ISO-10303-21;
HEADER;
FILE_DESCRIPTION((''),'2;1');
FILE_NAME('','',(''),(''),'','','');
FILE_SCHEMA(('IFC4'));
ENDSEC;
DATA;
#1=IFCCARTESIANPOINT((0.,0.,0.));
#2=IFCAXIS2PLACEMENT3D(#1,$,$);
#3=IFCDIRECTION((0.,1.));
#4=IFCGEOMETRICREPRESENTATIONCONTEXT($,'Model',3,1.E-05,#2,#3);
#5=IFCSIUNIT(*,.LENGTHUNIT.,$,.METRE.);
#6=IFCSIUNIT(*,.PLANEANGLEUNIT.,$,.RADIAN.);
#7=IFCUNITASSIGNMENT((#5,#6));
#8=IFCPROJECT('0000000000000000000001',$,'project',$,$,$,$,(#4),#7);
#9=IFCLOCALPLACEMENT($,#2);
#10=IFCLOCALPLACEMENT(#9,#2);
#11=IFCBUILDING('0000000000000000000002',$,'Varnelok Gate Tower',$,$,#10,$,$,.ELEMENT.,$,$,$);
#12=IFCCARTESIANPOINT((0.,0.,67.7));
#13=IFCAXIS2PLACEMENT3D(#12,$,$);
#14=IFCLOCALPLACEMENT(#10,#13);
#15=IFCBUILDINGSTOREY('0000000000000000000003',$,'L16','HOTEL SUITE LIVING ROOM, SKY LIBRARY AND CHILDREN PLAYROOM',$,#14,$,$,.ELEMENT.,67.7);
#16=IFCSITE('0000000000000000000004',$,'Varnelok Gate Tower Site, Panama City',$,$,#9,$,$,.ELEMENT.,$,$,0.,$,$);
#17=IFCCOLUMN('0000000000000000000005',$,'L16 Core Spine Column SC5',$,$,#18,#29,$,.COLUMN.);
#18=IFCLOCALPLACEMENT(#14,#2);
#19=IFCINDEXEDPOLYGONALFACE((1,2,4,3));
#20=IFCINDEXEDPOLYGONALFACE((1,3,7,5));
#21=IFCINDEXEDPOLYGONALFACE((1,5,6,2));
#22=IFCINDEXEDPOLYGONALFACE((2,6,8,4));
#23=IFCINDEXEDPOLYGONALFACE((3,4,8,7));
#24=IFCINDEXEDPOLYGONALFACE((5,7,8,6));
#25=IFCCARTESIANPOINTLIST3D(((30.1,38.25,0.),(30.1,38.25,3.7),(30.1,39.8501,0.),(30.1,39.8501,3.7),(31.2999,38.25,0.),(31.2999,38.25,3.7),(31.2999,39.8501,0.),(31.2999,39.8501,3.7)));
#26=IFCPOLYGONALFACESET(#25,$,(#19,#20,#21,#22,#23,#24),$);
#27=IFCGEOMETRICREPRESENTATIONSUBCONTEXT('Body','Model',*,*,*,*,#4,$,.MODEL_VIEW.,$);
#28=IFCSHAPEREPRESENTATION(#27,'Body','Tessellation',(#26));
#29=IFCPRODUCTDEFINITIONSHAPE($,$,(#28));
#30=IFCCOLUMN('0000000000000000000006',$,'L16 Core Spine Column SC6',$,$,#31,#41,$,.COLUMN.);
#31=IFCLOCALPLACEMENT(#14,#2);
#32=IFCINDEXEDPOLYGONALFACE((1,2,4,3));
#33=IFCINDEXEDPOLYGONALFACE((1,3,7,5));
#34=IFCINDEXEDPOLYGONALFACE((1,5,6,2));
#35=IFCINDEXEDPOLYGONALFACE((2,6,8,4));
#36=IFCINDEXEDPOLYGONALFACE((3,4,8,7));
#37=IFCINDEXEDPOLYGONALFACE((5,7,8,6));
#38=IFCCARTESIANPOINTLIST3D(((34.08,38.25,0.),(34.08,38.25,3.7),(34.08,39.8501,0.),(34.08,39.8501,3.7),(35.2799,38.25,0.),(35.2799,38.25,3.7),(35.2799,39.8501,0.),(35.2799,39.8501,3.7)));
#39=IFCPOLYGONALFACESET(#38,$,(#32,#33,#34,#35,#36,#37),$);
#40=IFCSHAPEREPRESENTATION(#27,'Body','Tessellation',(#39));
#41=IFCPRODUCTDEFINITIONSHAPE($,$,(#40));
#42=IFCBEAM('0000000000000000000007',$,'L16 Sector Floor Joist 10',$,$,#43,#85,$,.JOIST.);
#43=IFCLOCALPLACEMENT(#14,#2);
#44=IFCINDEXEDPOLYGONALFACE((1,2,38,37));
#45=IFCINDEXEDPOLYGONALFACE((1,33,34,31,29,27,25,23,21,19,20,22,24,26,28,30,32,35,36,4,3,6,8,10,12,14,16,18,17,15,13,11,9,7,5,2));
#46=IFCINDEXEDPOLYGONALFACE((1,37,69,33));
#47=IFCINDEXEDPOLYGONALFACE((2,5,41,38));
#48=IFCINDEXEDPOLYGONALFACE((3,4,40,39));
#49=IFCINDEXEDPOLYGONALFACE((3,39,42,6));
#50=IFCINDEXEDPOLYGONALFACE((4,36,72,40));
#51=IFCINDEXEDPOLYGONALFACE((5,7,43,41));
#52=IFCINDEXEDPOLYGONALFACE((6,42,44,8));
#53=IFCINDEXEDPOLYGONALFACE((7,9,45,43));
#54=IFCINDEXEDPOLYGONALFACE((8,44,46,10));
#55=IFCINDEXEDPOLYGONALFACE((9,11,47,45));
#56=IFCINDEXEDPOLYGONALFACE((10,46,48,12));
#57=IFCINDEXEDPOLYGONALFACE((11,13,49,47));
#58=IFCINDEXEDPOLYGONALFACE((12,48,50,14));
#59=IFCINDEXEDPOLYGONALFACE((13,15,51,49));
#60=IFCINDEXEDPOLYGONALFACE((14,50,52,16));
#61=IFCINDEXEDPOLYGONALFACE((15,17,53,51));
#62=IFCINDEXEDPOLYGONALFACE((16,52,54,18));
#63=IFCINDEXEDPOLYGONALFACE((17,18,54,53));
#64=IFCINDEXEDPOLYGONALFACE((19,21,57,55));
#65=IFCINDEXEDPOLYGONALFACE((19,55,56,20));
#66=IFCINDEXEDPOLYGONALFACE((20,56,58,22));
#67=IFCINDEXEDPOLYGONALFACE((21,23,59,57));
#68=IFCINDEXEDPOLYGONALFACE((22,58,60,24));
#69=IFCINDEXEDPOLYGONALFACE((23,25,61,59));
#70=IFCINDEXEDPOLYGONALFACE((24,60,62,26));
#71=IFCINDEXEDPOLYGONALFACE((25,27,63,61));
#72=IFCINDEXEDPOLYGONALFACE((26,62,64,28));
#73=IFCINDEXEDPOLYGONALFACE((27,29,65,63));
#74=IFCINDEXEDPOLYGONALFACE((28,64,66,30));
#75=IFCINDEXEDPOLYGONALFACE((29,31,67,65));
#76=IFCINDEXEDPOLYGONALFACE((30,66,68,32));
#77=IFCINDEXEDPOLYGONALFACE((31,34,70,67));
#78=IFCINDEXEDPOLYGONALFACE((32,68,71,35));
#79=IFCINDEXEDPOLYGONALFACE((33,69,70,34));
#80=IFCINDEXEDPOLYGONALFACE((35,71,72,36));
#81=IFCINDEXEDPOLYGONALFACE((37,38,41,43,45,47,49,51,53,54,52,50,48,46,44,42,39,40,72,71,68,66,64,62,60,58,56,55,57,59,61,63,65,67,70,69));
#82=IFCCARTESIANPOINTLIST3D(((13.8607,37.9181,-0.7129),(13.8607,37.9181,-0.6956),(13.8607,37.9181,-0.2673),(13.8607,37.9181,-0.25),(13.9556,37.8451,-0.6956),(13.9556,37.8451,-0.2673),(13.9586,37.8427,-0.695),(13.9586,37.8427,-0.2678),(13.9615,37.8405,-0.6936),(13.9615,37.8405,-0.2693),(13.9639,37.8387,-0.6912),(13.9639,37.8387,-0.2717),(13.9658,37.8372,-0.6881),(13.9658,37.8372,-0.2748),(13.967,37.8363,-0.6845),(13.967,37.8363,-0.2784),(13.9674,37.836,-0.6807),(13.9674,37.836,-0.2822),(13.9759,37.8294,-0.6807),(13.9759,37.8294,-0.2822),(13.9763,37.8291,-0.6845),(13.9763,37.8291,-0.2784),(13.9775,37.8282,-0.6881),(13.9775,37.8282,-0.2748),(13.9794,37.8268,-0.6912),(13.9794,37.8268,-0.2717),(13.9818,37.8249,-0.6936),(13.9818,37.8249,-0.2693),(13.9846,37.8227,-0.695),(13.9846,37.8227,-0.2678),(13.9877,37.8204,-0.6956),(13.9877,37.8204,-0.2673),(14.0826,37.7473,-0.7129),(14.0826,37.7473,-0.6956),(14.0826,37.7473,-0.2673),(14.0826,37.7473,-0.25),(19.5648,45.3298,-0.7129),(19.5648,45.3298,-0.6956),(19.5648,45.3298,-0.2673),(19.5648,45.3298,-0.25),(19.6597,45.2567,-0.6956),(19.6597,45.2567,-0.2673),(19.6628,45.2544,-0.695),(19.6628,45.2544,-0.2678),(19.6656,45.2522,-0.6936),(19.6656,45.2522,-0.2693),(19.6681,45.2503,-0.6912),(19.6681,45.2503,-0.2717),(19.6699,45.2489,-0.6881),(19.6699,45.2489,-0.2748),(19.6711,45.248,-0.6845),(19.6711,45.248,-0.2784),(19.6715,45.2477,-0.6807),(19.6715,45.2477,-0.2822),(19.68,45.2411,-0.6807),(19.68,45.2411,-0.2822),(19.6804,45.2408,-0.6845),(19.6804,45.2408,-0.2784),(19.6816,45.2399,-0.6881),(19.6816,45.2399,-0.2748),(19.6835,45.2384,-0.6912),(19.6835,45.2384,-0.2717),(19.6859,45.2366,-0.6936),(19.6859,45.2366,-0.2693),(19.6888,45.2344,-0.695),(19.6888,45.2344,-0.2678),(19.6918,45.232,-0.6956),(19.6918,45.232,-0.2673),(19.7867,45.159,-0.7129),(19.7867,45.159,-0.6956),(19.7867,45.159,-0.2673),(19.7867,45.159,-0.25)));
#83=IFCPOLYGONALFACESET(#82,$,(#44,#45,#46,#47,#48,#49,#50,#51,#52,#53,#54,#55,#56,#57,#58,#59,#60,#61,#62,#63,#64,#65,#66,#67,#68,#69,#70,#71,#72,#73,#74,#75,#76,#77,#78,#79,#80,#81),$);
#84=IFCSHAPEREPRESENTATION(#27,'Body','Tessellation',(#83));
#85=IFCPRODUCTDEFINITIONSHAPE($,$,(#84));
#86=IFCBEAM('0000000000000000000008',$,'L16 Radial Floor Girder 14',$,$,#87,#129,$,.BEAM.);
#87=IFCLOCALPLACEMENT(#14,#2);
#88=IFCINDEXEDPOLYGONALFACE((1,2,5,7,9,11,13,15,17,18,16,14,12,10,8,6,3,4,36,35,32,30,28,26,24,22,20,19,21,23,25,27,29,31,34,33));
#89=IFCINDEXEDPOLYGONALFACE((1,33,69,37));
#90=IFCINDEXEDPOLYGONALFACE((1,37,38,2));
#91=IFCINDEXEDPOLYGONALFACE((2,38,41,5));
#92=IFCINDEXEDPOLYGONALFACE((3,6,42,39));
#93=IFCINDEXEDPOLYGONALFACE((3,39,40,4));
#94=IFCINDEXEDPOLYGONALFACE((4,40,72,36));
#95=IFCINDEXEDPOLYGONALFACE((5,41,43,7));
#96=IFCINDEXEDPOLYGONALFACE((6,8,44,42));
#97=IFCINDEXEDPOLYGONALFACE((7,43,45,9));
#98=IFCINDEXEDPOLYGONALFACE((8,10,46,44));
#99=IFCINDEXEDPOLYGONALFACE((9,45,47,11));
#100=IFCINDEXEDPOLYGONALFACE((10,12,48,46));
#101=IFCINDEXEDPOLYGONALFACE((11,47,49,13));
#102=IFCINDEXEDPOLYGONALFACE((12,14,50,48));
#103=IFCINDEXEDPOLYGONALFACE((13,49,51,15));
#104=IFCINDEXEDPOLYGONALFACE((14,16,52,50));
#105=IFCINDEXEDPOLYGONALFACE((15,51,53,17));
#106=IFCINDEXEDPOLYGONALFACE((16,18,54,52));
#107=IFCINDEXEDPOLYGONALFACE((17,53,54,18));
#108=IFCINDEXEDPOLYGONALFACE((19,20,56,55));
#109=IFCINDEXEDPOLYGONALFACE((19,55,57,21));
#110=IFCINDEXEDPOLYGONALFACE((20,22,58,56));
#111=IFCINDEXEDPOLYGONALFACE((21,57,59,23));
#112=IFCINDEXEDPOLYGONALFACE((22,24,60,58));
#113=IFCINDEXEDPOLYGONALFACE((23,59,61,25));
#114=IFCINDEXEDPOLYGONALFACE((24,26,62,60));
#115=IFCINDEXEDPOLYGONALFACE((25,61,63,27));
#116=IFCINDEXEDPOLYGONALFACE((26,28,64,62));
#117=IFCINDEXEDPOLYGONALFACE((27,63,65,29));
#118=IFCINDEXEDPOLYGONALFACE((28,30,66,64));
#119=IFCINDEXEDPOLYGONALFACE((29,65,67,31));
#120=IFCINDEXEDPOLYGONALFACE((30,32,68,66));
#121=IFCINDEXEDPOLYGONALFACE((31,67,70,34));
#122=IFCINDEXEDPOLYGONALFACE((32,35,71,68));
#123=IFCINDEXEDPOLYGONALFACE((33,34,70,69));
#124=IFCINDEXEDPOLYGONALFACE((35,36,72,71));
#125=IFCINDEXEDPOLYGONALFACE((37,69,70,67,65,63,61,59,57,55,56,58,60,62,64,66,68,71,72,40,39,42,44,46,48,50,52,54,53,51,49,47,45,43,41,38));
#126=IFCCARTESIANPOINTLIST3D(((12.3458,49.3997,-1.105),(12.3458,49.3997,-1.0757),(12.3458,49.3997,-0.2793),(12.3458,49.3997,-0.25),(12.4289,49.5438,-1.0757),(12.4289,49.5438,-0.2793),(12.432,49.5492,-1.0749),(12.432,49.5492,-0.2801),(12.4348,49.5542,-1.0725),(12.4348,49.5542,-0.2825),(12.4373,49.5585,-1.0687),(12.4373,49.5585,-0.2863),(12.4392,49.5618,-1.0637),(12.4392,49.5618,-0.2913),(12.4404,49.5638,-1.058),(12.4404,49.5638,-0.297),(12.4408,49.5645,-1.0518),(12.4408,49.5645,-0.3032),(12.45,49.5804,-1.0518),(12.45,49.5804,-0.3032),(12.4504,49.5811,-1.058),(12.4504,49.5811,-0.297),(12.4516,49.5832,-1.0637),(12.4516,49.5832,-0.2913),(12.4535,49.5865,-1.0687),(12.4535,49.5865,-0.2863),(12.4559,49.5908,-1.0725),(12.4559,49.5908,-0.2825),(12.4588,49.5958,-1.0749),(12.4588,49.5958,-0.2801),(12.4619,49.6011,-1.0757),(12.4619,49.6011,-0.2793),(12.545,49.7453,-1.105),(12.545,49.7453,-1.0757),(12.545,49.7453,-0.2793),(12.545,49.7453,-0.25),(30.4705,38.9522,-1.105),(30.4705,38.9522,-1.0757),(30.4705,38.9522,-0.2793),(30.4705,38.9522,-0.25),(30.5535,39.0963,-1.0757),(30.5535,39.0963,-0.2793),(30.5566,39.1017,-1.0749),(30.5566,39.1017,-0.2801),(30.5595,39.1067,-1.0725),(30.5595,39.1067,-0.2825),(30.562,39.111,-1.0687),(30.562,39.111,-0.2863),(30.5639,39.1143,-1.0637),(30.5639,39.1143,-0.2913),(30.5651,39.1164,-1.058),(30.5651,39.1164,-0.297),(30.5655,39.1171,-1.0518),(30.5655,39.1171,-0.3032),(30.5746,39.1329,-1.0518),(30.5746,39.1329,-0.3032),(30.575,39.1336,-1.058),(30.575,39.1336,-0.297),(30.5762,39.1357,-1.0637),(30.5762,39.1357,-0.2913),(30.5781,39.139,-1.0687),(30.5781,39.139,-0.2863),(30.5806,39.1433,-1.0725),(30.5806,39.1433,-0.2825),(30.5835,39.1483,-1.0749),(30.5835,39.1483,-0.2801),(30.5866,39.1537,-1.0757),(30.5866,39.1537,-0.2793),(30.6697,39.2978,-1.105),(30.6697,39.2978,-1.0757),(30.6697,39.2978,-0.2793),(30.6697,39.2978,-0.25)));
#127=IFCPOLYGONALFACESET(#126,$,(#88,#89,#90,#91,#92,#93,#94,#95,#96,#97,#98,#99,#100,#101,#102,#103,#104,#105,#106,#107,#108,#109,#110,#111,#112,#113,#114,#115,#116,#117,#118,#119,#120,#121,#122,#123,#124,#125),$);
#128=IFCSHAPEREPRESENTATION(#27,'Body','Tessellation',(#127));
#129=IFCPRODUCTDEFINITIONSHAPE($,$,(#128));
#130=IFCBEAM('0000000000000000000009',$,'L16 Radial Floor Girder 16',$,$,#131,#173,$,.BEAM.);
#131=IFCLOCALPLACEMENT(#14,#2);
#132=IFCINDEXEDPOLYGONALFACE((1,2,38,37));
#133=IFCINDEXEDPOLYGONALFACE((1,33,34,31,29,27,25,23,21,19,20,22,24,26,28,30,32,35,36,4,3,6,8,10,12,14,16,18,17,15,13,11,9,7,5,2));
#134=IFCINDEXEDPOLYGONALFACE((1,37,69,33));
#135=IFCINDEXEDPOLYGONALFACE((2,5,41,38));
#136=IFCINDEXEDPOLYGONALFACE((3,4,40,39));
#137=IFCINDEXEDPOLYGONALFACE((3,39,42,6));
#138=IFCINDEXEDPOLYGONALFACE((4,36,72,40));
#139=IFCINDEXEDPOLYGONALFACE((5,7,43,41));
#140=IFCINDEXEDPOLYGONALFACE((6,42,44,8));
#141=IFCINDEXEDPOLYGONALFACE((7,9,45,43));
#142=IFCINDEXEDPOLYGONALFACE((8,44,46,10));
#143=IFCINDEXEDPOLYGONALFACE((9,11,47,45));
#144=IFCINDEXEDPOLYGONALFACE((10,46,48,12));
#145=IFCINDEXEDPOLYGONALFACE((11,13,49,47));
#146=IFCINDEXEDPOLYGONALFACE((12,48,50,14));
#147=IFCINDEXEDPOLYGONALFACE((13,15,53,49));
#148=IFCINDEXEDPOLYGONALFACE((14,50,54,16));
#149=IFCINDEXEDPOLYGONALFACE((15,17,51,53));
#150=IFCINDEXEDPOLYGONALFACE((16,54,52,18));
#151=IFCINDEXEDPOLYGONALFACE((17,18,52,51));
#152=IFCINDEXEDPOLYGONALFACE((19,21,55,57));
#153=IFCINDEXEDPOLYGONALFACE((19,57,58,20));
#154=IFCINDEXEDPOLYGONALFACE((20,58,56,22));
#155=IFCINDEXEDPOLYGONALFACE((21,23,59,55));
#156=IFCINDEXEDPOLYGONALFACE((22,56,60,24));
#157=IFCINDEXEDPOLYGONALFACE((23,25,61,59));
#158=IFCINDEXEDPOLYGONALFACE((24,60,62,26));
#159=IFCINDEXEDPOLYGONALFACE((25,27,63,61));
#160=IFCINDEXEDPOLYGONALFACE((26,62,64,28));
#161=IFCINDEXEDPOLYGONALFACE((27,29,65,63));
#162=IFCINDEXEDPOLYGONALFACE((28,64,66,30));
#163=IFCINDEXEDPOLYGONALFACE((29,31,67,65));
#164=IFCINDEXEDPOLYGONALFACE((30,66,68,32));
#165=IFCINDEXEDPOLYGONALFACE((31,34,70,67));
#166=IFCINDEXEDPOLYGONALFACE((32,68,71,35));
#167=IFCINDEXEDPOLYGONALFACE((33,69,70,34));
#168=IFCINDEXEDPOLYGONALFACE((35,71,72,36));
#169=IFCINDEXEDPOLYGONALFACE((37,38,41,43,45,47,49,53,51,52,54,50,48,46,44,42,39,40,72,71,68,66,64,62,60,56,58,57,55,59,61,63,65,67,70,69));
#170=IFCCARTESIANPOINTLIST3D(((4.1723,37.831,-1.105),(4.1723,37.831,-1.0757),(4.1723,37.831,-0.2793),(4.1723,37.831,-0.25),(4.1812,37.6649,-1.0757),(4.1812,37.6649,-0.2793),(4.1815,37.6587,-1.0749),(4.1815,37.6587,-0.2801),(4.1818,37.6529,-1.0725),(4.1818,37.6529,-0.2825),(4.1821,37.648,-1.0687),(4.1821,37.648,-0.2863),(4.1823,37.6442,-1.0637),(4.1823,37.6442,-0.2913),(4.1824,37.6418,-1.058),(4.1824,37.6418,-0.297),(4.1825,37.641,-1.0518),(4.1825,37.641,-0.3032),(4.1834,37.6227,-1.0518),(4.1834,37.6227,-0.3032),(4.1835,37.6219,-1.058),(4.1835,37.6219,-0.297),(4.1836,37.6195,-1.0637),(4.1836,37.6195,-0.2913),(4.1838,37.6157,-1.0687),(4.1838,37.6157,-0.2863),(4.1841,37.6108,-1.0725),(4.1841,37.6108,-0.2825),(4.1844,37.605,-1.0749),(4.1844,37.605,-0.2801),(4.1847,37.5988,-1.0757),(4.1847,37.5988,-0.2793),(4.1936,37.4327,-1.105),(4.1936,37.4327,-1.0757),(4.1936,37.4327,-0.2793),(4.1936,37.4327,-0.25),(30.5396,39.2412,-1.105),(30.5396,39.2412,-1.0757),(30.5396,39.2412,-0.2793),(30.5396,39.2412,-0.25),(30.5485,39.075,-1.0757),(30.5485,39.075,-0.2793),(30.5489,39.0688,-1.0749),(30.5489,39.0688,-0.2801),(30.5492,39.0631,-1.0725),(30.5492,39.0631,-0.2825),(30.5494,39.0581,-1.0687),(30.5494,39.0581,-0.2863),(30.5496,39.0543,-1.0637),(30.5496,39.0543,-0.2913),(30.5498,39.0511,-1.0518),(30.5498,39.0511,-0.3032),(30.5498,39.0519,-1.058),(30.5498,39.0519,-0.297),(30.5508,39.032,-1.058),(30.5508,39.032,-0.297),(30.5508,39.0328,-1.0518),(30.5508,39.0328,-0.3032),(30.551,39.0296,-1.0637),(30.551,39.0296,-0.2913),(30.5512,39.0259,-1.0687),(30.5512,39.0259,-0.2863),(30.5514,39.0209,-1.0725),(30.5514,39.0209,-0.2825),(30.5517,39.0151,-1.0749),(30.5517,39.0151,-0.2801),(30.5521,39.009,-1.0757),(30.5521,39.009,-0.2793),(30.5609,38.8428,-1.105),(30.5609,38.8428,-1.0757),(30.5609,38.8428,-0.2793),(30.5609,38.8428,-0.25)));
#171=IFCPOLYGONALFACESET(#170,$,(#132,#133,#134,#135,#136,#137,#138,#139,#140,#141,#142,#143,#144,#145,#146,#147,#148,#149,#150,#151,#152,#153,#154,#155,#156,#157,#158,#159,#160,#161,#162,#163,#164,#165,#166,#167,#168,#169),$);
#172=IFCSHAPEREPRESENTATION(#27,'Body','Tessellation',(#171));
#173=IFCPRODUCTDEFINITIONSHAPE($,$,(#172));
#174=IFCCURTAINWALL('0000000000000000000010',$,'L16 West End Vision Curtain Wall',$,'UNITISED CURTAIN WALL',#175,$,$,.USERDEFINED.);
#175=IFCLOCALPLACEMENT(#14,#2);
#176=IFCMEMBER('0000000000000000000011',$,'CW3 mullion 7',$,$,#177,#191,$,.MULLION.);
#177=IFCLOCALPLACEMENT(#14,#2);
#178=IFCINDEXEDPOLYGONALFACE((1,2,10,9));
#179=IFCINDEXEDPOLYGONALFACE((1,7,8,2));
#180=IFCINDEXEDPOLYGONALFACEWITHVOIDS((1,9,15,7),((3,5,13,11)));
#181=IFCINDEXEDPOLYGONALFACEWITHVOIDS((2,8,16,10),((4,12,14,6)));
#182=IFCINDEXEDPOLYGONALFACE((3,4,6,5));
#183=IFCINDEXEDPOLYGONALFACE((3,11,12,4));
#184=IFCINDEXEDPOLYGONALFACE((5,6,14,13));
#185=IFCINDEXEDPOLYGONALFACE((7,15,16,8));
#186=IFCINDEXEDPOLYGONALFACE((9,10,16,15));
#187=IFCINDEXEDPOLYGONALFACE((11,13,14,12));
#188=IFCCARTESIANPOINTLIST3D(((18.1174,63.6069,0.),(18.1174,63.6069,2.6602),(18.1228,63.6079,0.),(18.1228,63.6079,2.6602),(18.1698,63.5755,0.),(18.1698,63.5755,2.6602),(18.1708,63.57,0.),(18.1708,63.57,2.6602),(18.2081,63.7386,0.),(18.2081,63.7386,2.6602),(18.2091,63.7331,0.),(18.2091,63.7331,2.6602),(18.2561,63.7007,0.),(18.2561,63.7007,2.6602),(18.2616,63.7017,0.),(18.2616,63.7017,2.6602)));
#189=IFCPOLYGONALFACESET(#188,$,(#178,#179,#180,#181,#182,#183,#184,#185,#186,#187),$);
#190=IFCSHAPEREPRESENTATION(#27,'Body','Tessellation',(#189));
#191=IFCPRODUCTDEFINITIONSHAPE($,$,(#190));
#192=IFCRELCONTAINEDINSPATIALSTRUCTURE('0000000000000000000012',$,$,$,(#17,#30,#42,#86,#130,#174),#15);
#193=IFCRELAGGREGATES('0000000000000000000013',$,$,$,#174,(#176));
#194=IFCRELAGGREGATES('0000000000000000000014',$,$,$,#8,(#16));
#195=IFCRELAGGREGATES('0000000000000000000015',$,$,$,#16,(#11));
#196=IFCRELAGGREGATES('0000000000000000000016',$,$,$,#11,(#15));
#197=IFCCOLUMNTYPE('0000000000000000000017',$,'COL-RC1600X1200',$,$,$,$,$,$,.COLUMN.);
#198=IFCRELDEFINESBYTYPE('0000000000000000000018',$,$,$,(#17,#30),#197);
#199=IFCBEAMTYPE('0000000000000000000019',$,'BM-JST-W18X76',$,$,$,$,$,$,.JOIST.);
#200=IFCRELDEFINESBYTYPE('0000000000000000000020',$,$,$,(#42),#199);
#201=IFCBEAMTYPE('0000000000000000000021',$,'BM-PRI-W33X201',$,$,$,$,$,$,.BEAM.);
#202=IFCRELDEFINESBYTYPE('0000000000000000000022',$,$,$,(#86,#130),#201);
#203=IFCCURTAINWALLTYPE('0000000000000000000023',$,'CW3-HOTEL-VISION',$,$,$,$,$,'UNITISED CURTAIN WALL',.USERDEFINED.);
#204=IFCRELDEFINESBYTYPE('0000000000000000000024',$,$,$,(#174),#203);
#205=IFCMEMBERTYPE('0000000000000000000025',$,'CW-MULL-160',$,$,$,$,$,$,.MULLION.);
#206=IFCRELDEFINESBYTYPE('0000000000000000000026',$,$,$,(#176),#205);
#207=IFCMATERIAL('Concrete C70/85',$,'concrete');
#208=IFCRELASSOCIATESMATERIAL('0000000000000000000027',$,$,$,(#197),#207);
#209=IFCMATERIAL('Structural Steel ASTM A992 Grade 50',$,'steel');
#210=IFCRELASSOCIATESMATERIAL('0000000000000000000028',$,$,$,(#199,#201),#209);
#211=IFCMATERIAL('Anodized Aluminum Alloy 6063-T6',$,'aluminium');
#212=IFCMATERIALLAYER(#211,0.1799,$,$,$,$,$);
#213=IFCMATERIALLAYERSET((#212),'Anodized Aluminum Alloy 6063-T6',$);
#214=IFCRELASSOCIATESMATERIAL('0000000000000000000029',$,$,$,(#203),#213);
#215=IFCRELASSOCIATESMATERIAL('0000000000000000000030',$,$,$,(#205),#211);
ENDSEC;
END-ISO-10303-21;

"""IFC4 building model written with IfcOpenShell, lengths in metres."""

from ifc_helpers import new_model, si_unit, direction, frame, origin, origin_2d, place, context, subcontext, project, spatial, rectangle, hollow_rectangle, i_section, extrude, material, layer, layer_set, material_profile, profile_set, type_object, element, aggregate, save


model = new_model("IFC4")

# Units and contexts
model_context = context("Model", 3, precision=1e-05, world=origin(), true_north=direction((0.0, 1.0)))
body_context = subcontext(model_context, "Body", "Model", "MODEL_VIEW")
ifc_project = project(units=[si_unit("LENGTHUNIT", "METRE"), si_unit("PLANEANGLEUNIT", "RADIAN")], contexts=[model_context])

# Site, building, storey
site_placement = place(None, origin())
site = spatial("IfcSite", under=ifc_project, at=site_placement, Name="Varnelok Gate Tower Site, Panama City", CompositionType="ELEMENT", RefElevation=0.0)
building_placement = place(site_placement, origin())
building = spatial("IfcBuilding", under=site, at=building_placement, Name="Varnelok Gate Tower", CompositionType="ELEMENT")
storey_placement = place(building_placement, frame((0.0, 0.0, 67.7)))
storey = spatial("IfcBuildingStorey", under=building, at=storey_placement, Name="L16", Description="HOTEL SUITE LIVING ROOM, SKY LIBRARY AND CHILDREN PLAYROOM", CompositionType="ELEMENT", Elevation=67.7)

# Columns
ifc_material_1 = material(Name="Concrete C70/85", Category="concrete")
ifc_material_profile_1 = material_profile(ifc_material_1, rectangle(XDim=1.2, YDim=1.6001, at=origin_2d()), Name="RC1600X1200")
ifc_profile_set_1 = profile_set([ifc_material_profile_1], Name="Concrete C70/85")
column_type = type_object("IfcColumnType", Name="COL-RC1600X1200", PredefinedType="COLUMN", material=ifc_profile_set_1)
for number, where, z_axis, x_axis, name in (
    (1, (30.7, 39.05, 0.0), (0.0, 0.0, 1.0), (1.0, 0.0, 0.0), "L16 Core Spine Column SC5"),
    (2, (34.6799, 39.05, 0.0), (0.0, 0.0, 1.0), (1.0, 0.0, 0.0), "L16 Core Spine Column SC6"),
):
    element("IfcColumn", number, at=place(storey_placement, frame(where, z_axis=z_axis, x_axis=x_axis)), inside=storey, type_object=column_type, Name=name, PredefinedType="COLUMN", context=body_context, shape_type="SweptSolid", body=[
        extrude(rectangle(XDim=1.2, YDim=1.6001, at=origin_2d()), origin(), (0.0, 0.0, 1.0), 3.7),
    ])

# Beams
ifc_material_2 = material(Name="Structural Steel ASTM A992 Grade 50", Category="steel")
ifc_material_profile_2 = material_profile(ifc_material_2, i_section(OverallWidth=0.28, OverallDepth=0.4629, WebThickness=0.0107, FlangeThickness=0.0173, FilletRadius=0.0149, at=origin_2d()), Name="W18X76")
ifc_profile_set_2 = profile_set([ifc_material_profile_2], Name="Structural Steel ASTM A992 Grade 50")
beam_type_1 = type_object("IfcBeamType", Name="BM-JST-W18X76", PredefinedType="JOIST", material=ifc_profile_set_2)
beam_1_placement = place(storey_placement, frame((19.6758, 45.2444, -0.4814), z_axis=(-0.609902, -0.792476, 0.0), x_axis=(0.792476, -0.609902, 0.0)))
element("IfcBeam", 3, at=beam_1_placement, inside=storey, type_object=beam_type_1, Name="L16 Sector Floor Joist 10", PredefinedType="JOIST", context=body_context, shape_type="SweptSolid", body=[
    extrude(i_section(OverallWidth=0.28, OverallDepth=0.4629, WebThickness=0.0107, FlangeThickness=0.0173, FilletRadius=0.0149, at=origin_2d()), origin(), (0.0, 0.0, 1.0), 9.3525),
])
ifc_material_profile_3 = material_profile(ifc_material_2, i_section(OverallWidth=0.3989, OverallDepth=0.855, WebThickness=0.0183, FlangeThickness=0.0293, FilletRadius=0.0239, at=origin_2d()), Name="W33X201")
ifc_profile_set_3 = profile_set([ifc_material_profile_3], Name="Structural Steel ASTM A992 Grade 50")
beam_type_2 = type_object("IfcBeamType", Name="BM-PRI-W33X201", PredefinedType="BEAM", material=ifc_profile_set_3)
beam_2_placement = place(storey_placement, frame((30.5701, 39.125, -0.6775), z_axis=(-0.866373, 0.499397, 0.0), x_axis=(-0.499397, -0.866373, 0.0)))
element("IfcBeam", 4, at=beam_2_placement, inside=storey, type_object=beam_type_2, Name="L16 Radial Floor Girder 14", PredefinedType="BEAM", context=body_context, shape_type="SweptSolid", body=[
    extrude(i_section(OverallWidth=0.3989, OverallDepth=0.855, WebThickness=0.0183, FlangeThickness=0.0293, FilletRadius=0.0239, at=origin_2d()), origin(), (0.0, 0.0, 1.0), 20.9202),
])
beam_3_placement = place(storey_placement, frame((30.5503, 39.042, -0.6775), z_axis=(-0.998573, -0.053405, 0.0), x_axis=(0.053405, -0.998573, 0.0)))
element("IfcBeam", 5, at=beam_3_placement, inside=storey, type_object=beam_type_2, Name="L16 Radial Floor Girder 16", PredefinedType="BEAM", context=body_context, shape_type="SweptSolid", body=[
    extrude(i_section(OverallWidth=0.3989, OverallDepth=0.855, WebThickness=0.0183, FlangeThickness=0.0293, FilletRadius=0.0239, at=origin_2d()), origin(), (0.0, 0.0, 1.0), 26.405),
])

# Curtain wall, member
ifc_material_3 = material(Name="Anodized Aluminum Alloy 6063-T6", Category="aluminium")
ifc_layer_1 = layer(ifc_material_3, 0.1799)
ifc_layer_set_1 = layer_set([ifc_layer_1], Name="Anodized Aluminum Alloy 6063-T6")
curtain_wall_type = type_object("IfcCurtainWallType", Name="CW3-HOTEL-VISION", ElementType="UNITISED CURTAIN WALL", PredefinedType="USERDEFINED", material=ifc_layer_set_1)
curtain_wall_placement = place(storey_placement, origin())
curtain_wall = element("IfcCurtainWall", 6, at=curtain_wall_placement, inside=storey, type_object=curtain_wall_type, Name="L16 West End Vision Curtain Wall", ObjectType="UNITISED CURTAIN WALL", PredefinedType="USERDEFINED")
ifc_material_profile_4 = material_profile(ifc_material_3, hollow_rectangle(XDim=0.0649, YDim=0.1599, WallThickness=0.0039, at=origin_2d()), Name="ALU160X65X4")
ifc_profile_set_4 = profile_set([ifc_material_profile_4], Name="Anodized Aluminum Alloy 6063-T6")
member_type = type_object("IfcMemberType", Name="CW-MULL-160", PredefinedType="MULLION", material=ifc_profile_set_4)
member_placement = place(storey_placement, frame((18.1895, 63.6543, 0.0), z_axis=(0.0, 0.0, 1.0), x_axis=(-0.823533, 0.567269, 0.0)))
member = element("IfcMember", 7, at=member_placement, type_object=member_type, Name="CW3 mullion 7", PredefinedType="MULLION", context=body_context, shape_type="SweptSolid", body=[
    extrude(hollow_rectangle(XDim=0.0649, YDim=0.1599, WallThickness=0.0039, at=origin_2d()), origin(), (0.0, 0.0, 1.0), 2.6602),
])
aggregate(curtain_wall, [member])

save(model, "model.ifc")
